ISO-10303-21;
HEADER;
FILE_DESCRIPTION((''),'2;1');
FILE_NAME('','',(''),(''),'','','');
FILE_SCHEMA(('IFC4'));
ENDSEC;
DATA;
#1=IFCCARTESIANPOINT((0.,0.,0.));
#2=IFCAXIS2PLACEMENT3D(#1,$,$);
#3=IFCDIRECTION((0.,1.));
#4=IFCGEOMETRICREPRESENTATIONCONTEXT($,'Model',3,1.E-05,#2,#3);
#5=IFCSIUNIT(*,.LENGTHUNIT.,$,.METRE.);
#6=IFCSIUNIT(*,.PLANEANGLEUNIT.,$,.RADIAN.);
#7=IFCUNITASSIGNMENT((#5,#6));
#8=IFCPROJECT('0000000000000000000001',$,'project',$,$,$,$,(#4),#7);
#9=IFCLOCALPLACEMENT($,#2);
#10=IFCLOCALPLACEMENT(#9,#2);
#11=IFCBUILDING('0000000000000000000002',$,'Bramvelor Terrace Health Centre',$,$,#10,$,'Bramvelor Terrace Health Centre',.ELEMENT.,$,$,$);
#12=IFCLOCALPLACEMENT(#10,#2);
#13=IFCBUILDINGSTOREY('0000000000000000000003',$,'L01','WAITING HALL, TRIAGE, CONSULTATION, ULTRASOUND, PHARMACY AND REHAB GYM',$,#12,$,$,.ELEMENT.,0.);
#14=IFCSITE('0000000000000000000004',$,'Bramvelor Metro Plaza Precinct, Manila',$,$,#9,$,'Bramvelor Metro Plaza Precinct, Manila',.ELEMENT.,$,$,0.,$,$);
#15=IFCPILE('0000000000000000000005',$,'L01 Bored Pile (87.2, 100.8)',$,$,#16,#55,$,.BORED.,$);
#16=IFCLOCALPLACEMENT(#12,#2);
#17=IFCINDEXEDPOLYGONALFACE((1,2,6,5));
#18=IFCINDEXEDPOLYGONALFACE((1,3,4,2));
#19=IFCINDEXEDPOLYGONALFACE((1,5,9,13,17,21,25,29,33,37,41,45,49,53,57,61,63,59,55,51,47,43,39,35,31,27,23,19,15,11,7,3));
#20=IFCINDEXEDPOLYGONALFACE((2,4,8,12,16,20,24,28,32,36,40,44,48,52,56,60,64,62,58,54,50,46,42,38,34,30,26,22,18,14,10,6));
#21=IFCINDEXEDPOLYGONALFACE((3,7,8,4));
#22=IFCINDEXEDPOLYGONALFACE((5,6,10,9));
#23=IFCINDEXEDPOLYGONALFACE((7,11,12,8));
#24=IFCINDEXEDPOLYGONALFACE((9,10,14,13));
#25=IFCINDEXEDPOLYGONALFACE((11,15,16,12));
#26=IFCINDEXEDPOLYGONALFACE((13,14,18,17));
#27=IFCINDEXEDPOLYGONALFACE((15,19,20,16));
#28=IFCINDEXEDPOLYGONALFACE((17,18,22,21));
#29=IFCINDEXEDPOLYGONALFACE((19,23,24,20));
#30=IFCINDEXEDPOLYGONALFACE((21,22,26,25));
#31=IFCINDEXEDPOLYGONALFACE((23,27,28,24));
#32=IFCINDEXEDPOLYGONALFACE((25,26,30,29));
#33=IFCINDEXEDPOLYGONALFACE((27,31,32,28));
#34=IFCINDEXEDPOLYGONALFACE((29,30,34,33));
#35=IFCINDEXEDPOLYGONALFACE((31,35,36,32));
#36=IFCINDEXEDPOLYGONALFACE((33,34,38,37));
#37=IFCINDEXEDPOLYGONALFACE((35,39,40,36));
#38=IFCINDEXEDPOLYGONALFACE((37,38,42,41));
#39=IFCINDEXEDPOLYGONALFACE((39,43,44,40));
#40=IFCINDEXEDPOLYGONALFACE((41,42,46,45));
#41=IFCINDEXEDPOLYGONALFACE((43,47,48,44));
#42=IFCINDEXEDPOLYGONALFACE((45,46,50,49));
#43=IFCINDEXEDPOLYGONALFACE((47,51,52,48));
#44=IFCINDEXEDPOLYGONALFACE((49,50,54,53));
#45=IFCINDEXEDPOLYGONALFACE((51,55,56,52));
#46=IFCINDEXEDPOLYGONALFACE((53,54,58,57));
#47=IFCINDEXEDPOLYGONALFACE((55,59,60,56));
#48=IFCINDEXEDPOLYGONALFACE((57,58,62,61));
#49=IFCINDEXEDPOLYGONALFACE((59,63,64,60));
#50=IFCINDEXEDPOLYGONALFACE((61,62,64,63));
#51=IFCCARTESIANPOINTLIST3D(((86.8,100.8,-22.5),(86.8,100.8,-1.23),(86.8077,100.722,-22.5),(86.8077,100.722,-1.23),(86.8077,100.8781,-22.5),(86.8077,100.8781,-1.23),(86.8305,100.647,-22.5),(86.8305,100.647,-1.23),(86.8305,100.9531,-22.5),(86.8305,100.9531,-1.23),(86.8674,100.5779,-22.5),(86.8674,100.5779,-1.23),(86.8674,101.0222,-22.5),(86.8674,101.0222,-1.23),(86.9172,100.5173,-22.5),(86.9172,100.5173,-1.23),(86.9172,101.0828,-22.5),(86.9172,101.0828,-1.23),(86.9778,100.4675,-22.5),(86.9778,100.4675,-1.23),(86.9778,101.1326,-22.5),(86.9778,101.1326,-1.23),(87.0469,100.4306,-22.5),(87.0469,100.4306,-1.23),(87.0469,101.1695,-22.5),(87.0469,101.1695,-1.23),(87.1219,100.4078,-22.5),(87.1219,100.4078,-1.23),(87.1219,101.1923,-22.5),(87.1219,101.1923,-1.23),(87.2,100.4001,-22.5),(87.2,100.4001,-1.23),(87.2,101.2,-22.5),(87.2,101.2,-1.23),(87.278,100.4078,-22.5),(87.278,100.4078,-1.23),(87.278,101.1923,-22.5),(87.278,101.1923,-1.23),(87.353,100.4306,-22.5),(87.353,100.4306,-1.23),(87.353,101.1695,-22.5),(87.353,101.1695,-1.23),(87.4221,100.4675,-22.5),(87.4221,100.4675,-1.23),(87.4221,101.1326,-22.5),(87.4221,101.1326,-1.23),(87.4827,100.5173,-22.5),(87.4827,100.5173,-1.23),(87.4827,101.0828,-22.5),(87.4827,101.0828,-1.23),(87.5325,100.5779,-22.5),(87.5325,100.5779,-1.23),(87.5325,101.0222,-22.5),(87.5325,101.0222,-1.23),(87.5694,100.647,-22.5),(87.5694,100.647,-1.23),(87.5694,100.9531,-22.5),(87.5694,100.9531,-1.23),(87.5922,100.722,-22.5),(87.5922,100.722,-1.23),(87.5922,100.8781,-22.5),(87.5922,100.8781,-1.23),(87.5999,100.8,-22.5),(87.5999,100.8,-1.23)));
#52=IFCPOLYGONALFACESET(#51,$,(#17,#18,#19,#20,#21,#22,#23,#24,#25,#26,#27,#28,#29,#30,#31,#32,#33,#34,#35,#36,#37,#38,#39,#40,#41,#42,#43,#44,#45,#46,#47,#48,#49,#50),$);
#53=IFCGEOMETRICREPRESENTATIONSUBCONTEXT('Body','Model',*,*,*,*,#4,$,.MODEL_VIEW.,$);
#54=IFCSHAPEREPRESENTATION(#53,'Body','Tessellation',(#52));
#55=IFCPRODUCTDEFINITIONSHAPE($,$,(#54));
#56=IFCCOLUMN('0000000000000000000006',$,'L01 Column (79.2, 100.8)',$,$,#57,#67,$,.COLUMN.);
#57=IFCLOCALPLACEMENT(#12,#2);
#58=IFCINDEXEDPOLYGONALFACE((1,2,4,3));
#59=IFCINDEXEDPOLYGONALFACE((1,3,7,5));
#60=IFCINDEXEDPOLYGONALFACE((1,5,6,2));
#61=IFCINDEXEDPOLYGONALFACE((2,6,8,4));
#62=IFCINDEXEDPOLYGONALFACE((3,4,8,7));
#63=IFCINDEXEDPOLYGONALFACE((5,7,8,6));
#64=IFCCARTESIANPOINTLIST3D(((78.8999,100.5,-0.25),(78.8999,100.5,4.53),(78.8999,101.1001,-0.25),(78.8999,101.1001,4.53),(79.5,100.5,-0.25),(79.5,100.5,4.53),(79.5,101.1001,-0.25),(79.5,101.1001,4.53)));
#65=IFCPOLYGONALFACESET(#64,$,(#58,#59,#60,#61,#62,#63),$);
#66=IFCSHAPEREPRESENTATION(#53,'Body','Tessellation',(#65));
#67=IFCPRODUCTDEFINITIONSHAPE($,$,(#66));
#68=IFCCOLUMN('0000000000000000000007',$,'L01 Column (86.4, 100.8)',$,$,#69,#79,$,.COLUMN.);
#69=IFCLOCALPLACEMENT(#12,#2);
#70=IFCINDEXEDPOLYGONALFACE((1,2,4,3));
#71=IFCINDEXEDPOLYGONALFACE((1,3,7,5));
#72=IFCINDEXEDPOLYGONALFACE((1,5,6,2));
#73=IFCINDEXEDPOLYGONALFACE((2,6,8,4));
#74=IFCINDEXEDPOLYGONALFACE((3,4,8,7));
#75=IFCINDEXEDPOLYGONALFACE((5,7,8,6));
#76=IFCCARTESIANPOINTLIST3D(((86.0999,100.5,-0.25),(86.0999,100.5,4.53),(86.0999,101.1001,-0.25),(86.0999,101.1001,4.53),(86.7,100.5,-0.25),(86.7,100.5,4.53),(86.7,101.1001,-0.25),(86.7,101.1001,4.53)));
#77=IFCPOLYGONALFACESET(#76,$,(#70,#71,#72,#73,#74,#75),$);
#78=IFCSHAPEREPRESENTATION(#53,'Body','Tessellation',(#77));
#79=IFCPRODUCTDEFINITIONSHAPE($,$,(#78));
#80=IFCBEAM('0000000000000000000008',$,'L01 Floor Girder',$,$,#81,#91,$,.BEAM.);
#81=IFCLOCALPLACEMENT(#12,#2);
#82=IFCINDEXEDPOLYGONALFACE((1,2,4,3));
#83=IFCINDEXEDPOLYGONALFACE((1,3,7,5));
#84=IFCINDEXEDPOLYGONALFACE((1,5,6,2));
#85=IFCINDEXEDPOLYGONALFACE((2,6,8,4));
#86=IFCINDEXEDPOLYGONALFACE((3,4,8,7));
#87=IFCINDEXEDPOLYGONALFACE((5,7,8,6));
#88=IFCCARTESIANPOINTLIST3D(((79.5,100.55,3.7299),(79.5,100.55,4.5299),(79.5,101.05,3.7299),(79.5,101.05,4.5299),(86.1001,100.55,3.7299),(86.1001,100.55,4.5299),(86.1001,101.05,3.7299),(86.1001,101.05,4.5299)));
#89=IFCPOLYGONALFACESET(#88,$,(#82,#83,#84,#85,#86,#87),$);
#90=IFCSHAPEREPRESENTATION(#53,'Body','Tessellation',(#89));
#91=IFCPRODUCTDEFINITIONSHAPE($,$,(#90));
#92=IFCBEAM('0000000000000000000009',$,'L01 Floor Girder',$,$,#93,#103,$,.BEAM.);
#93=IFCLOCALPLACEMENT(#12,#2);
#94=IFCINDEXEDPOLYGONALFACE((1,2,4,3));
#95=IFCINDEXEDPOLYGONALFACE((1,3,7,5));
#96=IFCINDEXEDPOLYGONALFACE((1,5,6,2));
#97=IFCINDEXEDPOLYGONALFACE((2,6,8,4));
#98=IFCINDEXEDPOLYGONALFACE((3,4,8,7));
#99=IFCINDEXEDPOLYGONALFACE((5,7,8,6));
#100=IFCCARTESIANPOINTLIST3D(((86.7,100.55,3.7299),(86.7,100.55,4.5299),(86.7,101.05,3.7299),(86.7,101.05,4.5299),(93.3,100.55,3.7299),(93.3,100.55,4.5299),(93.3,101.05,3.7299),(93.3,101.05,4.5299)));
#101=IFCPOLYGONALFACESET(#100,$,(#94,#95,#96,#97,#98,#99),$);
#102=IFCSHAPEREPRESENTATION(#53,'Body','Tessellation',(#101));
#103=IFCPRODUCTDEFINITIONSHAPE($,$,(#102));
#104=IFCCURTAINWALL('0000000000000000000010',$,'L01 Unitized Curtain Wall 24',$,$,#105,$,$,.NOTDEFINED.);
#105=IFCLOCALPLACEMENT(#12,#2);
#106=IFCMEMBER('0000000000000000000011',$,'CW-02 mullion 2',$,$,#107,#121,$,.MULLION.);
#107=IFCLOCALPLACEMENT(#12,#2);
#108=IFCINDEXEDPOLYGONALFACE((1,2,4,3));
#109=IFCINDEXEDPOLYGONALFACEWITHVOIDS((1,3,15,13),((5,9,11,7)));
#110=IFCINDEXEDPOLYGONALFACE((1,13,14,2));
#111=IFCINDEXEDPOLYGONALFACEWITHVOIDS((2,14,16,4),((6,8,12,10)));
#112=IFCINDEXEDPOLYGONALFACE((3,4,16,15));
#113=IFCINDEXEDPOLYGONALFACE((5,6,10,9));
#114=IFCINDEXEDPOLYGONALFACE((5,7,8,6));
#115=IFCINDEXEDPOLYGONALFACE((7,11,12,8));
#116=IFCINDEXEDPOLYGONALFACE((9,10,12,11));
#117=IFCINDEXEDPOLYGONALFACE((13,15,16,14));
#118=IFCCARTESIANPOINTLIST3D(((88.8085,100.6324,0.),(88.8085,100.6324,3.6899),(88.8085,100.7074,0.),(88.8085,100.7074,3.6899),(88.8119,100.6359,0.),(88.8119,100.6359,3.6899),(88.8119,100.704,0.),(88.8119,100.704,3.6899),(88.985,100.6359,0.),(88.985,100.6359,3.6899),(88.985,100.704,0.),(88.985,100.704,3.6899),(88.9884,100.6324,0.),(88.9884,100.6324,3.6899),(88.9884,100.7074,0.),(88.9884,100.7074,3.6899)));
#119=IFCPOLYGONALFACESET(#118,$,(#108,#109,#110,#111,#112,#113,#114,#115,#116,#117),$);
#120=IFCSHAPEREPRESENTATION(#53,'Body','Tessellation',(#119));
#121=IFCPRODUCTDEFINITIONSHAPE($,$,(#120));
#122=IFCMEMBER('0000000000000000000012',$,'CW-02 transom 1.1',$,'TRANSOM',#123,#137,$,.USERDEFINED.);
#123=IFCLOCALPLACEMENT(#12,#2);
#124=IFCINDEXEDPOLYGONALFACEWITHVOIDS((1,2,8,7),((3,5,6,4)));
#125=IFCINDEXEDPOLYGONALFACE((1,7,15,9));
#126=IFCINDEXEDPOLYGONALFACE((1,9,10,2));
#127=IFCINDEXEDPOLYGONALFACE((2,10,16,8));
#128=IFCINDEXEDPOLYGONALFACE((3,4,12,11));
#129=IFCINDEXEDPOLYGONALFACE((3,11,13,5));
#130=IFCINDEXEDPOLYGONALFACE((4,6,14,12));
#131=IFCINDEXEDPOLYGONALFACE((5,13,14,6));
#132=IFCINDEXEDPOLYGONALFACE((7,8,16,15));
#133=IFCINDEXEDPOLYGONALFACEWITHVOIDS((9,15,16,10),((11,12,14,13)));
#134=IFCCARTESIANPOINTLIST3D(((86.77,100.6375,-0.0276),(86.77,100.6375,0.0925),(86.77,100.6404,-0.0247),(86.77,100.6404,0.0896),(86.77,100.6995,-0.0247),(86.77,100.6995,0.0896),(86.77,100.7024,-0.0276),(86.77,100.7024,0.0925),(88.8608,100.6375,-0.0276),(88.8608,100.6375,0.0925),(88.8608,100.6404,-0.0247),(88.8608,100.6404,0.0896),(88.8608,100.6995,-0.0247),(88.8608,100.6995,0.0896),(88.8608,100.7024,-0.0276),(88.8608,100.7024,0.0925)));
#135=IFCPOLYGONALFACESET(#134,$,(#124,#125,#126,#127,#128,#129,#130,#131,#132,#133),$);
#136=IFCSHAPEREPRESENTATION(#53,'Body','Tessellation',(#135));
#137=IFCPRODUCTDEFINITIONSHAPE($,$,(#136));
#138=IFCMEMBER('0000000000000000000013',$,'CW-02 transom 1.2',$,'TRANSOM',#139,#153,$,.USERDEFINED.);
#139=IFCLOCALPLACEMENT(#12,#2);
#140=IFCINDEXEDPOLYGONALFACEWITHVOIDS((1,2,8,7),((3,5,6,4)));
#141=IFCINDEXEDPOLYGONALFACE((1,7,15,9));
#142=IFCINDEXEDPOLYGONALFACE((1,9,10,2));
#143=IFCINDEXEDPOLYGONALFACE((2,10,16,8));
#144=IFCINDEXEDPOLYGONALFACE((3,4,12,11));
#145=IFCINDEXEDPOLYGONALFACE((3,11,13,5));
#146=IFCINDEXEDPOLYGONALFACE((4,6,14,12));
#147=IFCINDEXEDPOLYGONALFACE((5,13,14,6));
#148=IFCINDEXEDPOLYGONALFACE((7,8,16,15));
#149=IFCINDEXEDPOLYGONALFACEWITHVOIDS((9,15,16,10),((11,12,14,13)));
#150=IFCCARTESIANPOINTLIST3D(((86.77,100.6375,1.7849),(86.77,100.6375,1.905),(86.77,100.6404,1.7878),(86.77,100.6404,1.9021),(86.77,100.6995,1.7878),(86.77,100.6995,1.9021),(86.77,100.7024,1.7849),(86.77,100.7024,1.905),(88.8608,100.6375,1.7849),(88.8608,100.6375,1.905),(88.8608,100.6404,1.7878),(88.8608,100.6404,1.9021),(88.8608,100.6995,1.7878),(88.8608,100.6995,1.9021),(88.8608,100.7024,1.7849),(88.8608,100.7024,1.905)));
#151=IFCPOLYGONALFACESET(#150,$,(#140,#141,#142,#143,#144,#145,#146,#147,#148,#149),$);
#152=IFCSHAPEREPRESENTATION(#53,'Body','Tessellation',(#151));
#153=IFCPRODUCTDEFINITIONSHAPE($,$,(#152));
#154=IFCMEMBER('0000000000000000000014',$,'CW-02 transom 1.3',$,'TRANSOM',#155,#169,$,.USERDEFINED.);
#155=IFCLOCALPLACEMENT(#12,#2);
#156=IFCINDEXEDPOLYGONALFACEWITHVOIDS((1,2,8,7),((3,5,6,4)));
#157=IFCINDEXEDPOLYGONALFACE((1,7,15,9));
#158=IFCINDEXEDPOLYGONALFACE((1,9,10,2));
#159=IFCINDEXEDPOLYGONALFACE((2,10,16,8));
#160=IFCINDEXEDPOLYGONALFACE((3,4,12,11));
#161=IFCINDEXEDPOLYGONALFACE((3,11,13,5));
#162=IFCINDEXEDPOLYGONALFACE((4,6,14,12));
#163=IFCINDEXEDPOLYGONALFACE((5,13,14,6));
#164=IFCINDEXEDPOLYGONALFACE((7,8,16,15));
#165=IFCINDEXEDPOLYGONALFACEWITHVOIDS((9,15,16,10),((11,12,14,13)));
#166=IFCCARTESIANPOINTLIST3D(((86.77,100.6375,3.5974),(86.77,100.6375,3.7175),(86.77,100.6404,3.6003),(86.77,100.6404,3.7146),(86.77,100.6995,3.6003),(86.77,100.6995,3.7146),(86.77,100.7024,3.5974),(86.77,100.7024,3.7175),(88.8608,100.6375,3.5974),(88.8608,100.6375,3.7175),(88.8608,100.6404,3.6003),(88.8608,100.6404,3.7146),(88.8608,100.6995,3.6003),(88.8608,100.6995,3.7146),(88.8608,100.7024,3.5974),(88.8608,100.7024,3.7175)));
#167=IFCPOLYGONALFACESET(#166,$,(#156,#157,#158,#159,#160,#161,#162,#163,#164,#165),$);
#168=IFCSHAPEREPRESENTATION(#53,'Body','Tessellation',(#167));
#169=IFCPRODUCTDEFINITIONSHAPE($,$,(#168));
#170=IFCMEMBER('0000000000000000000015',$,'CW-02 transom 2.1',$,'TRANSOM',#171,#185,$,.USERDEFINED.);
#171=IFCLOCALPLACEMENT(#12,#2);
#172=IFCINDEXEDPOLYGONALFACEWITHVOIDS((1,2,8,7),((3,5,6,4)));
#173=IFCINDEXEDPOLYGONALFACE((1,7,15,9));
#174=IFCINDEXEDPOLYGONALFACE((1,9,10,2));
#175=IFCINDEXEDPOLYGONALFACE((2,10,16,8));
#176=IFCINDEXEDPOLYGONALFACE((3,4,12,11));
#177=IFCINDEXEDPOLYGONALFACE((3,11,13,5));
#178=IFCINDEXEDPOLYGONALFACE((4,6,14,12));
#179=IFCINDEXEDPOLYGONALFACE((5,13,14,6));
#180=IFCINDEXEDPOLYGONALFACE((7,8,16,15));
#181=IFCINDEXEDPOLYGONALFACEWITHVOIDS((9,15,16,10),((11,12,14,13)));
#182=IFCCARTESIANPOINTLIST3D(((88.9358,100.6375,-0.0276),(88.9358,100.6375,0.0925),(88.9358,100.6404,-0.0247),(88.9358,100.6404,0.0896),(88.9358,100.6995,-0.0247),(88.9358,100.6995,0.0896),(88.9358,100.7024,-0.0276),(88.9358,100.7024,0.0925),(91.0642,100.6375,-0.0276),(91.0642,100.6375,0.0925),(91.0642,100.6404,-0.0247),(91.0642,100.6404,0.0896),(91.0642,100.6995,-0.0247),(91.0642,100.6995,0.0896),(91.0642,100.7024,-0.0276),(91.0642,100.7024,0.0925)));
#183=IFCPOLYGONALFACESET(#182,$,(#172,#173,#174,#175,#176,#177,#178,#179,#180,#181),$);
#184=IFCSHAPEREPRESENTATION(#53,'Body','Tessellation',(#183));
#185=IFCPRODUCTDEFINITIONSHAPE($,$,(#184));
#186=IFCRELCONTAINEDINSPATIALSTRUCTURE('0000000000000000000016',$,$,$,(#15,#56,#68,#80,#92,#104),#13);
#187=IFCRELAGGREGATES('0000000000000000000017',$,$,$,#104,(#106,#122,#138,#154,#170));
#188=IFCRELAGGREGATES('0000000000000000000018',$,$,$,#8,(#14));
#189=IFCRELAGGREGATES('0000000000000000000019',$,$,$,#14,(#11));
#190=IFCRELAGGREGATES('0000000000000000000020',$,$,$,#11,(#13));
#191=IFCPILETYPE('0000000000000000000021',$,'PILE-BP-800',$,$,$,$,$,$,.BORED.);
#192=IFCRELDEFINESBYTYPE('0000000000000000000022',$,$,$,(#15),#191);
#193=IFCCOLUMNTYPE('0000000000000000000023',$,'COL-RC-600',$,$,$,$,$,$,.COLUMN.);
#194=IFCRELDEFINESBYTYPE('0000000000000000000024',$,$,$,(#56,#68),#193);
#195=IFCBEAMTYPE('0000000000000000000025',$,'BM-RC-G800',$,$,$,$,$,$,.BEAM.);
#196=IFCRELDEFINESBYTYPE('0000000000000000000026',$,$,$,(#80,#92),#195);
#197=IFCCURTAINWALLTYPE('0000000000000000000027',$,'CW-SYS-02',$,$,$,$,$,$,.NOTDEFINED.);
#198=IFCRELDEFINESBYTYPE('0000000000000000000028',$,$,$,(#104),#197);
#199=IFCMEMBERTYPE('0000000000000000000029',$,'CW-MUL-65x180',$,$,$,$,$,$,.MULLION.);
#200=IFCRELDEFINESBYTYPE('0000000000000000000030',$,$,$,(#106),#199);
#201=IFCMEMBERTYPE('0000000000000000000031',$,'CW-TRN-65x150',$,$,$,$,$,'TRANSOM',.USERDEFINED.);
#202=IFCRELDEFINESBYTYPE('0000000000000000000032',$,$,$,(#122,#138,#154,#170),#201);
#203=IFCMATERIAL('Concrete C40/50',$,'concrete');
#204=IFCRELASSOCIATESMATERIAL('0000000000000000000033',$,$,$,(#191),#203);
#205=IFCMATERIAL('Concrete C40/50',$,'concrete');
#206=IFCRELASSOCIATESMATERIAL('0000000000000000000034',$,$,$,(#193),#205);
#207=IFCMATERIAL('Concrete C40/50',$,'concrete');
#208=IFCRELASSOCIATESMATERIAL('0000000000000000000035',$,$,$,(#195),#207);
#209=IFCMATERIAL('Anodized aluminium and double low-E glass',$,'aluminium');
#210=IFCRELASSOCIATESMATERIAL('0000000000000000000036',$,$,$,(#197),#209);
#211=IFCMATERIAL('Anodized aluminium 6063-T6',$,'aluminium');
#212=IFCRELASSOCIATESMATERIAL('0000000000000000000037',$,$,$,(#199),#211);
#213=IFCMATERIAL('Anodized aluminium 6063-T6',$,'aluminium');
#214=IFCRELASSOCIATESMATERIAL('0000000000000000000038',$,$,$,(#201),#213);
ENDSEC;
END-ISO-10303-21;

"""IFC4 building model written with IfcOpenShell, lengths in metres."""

from ifc_helpers import new_model, si_unit, direction, frame, origin, origin_2d, place, context, subcontext, project, spatial, rectangle, hollow_rectangle, circle, extrude, material, material_profile, profile_set, type_object, element, aggregate, save


model = new_model("IFC4")

# Units and contexts
model_context = context("Model", 3, precision=1e-05, world=origin(), true_north=direction((0.0, 1.0)))
body_context = subcontext(model_context, "Body", "Model", "MODEL_VIEW")
ifc_project = project(units=[si_unit("LENGTHUNIT", "METRE"), si_unit("PLANEANGLEUNIT", "RADIAN")], contexts=[model_context])

# Site, building, storey
site_placement = place(None, origin())
site = spatial("IfcSite", under=ifc_project, at=site_placement, Name="Bramvelor Metro Plaza Precinct, Manila", LongName="Bramvelor Metro Plaza Precinct, Manila", CompositionType="ELEMENT", RefElevation=0.0)
building_placement = place(site_placement, origin())
building = spatial("IfcBuilding", under=site, at=building_placement, Name="Bramvelor Terrace Health Centre", LongName="Bramvelor Terrace Health Centre", CompositionType="ELEMENT")
storey_placement = place(building_placement, origin())
storey = spatial("IfcBuildingStorey", under=building, at=storey_placement, Name="L01", Description="WAITING HALL, TRIAGE, CONSULTATION, ULTRASOUND, PHARMACY AND REHAB GYM", CompositionType="ELEMENT", Elevation=0.0)

# Pile
ifc_material_1 = material(Name="Concrete C40/50", Category="concrete")
ifc_material_profile_1 = material_profile(ifc_material_1, circle(Radius=0.3999, at=origin_2d()), Name="BP D800")
ifc_profile_set_1 = profile_set([ifc_material_profile_1], Name="Concrete C40/50")
pile_type = type_object("IfcPileType", Name="PILE-BP-800", PredefinedType="BORED", material=ifc_profile_set_1)
for number, where, z_axis, x_axis, name in (
    (1, (87.2, 100.8, -1.23), (0.0, 0.0, -1.0), (1.0, 0.0, 0.0), "L01 Bored Pile (87.2, 100.8)"),
):
    element("IfcPile", number, at=place(storey_placement, frame(where, z_axis=z_axis, x_axis=x_axis)), inside=storey, type_object=pile_type, Name=name, PredefinedType="BORED", context=body_context, shape_type="SweptSolid", body=[
        extrude(circle(Radius=0.3999, at=origin_2d()), origin(), (0.0, 0.0, 1.0), 21.27),
    ])

# Columns
ifc_material_2 = material(Name="Concrete C40/50", Category="concrete")
ifc_material_profile_2 = material_profile(ifc_material_2, rectangle(XDim=0.6001, YDim=0.6001, at=origin_2d()), Name="RC 600x600")
ifc_profile_set_2 = profile_set([ifc_material_profile_2], Name="Concrete C40/50")
column_type = type_object("IfcColumnType", Name="COL-RC-600", PredefinedType="COLUMN", material=ifc_profile_set_2)
for number, where, z_axis, x_axis, name in (
    (2, (79.2, 100.8, -0.25), (0.0, 0.0, 1.0), (1.0, 0.0, 0.0), "L01 Column (79.2, 100.8)"),
    (3, (86.3999, 100.8, -0.25), (0.0, 0.0, 1.0), (1.0, 0.0, 0.0), "L01 Column (86.4, 100.8)"),
):
    element("IfcColumn", number, at=place(storey_placement, frame(where, z_axis=z_axis, x_axis=x_axis)), inside=storey, type_object=column_type, Name=name, PredefinedType="COLUMN", context=body_context, shape_type="SweptSolid", body=[
        extrude(rectangle(XDim=0.6001, YDim=0.6001, at=origin_2d()), origin(), (0.0, 0.0, 1.0), 4.78),
    ])

# Beams
ifc_material_3 = material(Name="Concrete C40/50", Category="concrete")
ifc_material_profile_3 = material_profile(ifc_material_3, rectangle(XDim=0.5, YDim=0.8, at=origin_2d()), Name="RC 500x800")
ifc_profile_set_3 = profile_set([ifc_material_profile_3], Name="Concrete C40/50")
beam_type = type_object("IfcBeamType", Name="BM-RC-G800", PredefinedType="BEAM", material=ifc_profile_set_3)
for number, where, z_axis, x_axis, name in (
    (4, (79.5, 100.8, 4.1299), (1.0, 0.0, 0.0), (0.0, 1.0, 0.0), "L01 Floor Girder"),
    (5, (86.7, 100.8, 4.1299), (1.0, 0.0, 0.0), (0.0, 1.0, 0.0), "L01 Floor Girder"),
):
    element("IfcBeam", number, at=place(storey_placement, frame(where, z_axis=z_axis, x_axis=x_axis)), inside=storey, type_object=beam_type, Name=name, PredefinedType="BEAM", context=body_context, shape_type="SweptSolid", body=[
        extrude(rectangle(XDim=0.5, YDim=0.8, at=origin_2d()), origin(), (0.0, 0.0, 1.0), 6.6001),
    ])

# Curtain wall, members
ifc_material_4 = material(Name="Anodized aluminium and double low-E glass", Category="aluminium")
curtain_wall_type = type_object("IfcCurtainWallType", Name="CW-SYS-02", PredefinedType="NOTDEFINED", material=ifc_material_4)
curtain_wall_placement = place(storey_placement, origin())
curtain_wall = element("IfcCurtainWall", 6, at=curtain_wall_placement, inside=storey, type_object=curtain_wall_type, Name="L01 Unitized Curtain Wall 24", PredefinedType="NOTDEFINED")
ifc_material_5 = material(Name="Anodized aluminium 6063-T6", Category="aluminium")
ifc_material_profile_4 = material_profile(ifc_material_5, hollow_rectangle(XDim=0.075, YDim=0.1799, WallThickness=0.0034, at=origin_2d()), Name="ALU-MUL 75x180x3.5")
ifc_profile_set_4 = profile_set([ifc_material_profile_4], Name="Anodized aluminium 6063-T6")
member_type_1 = type_object("IfcMemberType", Name="CW-MUL-65x180", PredefinedType="MULLION", material=ifc_profile_set_4)
member_1_placement = place(storey_placement, frame((88.8984, 100.6699, 0.0), z_axis=(0.0, 0.0, 1.0), x_axis=(0.0, 1.0, 0.0)))
member_1 = element("IfcMember", 7, at=member_1_placement, type_object=member_type_1, Name="CW-02 mullion 2", PredefinedType="MULLION", context=body_context, shape_type="SweptSolid", body=[
    extrude(hollow_rectangle(XDim=0.075, YDim=0.1799, WallThickness=0.0034, at=origin_2d()), origin(), (0.0, 0.0, 1.0), 3.6899),
])
ifc_material_6 = material(Name="Anodized aluminium 6063-T6", Category="aluminium")
ifc_material_profile_5 = material_profile(ifc_material_6, hollow_rectangle(XDim=0.0649, YDim=0.1201, WallThickness=0.0029, at=origin_2d()), Name="ALU-TRN 65x120x3.0")
ifc_profile_set_5 = profile_set([ifc_material_profile_5], Name="Anodized aluminium 6063-T6")
member_type_2 = type_object("IfcMemberType", Name="CW-TRN-65x150", ElementType="TRANSOM", PredefinedType="USERDEFINED", material=ifc_profile_set_5)
member_2_placement = place(storey_placement, frame((86.77, 100.6699, 0.0325), z_axis=(1.0, 0.0, 0.0), x_axis=(0.0, 1.0, 0.0)))
member_2 = element("IfcMember", 8, at=member_2_placement, type_object=member_type_2, Name="CW-02 transom 1.1", ObjectType="TRANSOM", PredefinedType="USERDEFINED", context=body_context, shape_type="SweptSolid", body=[
    extrude(hollow_rectangle(XDim=0.0649, YDim=0.1201, WallThickness=0.0029, at=origin_2d()), origin(), (0.0, 0.0, 1.0), 2.0908),
])
member_3_placement = place(storey_placement, frame((86.77, 100.6699, 1.845), z_axis=(1.0, 0.0, 0.0), x_axis=(0.0, 1.0, 0.0)))
member_3 = element("IfcMember", 9, at=member_3_placement, type_object=member_type_2, Name="CW-02 transom 1.2", ObjectType="TRANSOM", PredefinedType="USERDEFINED", context=body_context, shape_type="SweptSolid", body=[
    extrude(hollow_rectangle(XDim=0.0649, YDim=0.1201, WallThickness=0.0029, at=origin_2d()), origin(), (0.0, 0.0, 1.0), 2.0908),
])
member_4_placement = place(storey_placement, frame((86.77, 100.6699, 3.6575), z_axis=(1.0, 0.0, 0.0), x_axis=(0.0, 1.0, 0.0)))
member_4 = element("IfcMember", 10, at=member_4_placement, type_object=member_type_2, Name="CW-02 transom 1.3", ObjectType="TRANSOM", PredefinedType="USERDEFINED", context=body_context, shape_type="SweptSolid", body=[
    extrude(hollow_rectangle(XDim=0.0649, YDim=0.1201, WallThickness=0.0029, at=origin_2d()), origin(), (0.0, 0.0, 1.0), 2.0908),
])
member_5_placement = place(storey_placement, frame((88.9358, 100.6699, 0.0325), z_axis=(1.0, 0.0, 0.0), x_axis=(0.0, 1.0, 0.0)))
member_5 = element("IfcMember", 11, at=member_5_placement, type_object=member_type_2, Name="CW-02 transom 2.1", ObjectType="TRANSOM", PredefinedType="USERDEFINED", context=body_context, shape_type="SweptSolid", body=[
    extrude(hollow_rectangle(XDim=0.0649, YDim=0.1201, WallThickness=0.0029, at=origin_2d()), origin(), (0.0, 0.0, 1.0), 2.1284),
])
aggregate(curtain_wall, [member_1, member_2, member_3, member_4, member_5])

save(model, "model.ifc")
